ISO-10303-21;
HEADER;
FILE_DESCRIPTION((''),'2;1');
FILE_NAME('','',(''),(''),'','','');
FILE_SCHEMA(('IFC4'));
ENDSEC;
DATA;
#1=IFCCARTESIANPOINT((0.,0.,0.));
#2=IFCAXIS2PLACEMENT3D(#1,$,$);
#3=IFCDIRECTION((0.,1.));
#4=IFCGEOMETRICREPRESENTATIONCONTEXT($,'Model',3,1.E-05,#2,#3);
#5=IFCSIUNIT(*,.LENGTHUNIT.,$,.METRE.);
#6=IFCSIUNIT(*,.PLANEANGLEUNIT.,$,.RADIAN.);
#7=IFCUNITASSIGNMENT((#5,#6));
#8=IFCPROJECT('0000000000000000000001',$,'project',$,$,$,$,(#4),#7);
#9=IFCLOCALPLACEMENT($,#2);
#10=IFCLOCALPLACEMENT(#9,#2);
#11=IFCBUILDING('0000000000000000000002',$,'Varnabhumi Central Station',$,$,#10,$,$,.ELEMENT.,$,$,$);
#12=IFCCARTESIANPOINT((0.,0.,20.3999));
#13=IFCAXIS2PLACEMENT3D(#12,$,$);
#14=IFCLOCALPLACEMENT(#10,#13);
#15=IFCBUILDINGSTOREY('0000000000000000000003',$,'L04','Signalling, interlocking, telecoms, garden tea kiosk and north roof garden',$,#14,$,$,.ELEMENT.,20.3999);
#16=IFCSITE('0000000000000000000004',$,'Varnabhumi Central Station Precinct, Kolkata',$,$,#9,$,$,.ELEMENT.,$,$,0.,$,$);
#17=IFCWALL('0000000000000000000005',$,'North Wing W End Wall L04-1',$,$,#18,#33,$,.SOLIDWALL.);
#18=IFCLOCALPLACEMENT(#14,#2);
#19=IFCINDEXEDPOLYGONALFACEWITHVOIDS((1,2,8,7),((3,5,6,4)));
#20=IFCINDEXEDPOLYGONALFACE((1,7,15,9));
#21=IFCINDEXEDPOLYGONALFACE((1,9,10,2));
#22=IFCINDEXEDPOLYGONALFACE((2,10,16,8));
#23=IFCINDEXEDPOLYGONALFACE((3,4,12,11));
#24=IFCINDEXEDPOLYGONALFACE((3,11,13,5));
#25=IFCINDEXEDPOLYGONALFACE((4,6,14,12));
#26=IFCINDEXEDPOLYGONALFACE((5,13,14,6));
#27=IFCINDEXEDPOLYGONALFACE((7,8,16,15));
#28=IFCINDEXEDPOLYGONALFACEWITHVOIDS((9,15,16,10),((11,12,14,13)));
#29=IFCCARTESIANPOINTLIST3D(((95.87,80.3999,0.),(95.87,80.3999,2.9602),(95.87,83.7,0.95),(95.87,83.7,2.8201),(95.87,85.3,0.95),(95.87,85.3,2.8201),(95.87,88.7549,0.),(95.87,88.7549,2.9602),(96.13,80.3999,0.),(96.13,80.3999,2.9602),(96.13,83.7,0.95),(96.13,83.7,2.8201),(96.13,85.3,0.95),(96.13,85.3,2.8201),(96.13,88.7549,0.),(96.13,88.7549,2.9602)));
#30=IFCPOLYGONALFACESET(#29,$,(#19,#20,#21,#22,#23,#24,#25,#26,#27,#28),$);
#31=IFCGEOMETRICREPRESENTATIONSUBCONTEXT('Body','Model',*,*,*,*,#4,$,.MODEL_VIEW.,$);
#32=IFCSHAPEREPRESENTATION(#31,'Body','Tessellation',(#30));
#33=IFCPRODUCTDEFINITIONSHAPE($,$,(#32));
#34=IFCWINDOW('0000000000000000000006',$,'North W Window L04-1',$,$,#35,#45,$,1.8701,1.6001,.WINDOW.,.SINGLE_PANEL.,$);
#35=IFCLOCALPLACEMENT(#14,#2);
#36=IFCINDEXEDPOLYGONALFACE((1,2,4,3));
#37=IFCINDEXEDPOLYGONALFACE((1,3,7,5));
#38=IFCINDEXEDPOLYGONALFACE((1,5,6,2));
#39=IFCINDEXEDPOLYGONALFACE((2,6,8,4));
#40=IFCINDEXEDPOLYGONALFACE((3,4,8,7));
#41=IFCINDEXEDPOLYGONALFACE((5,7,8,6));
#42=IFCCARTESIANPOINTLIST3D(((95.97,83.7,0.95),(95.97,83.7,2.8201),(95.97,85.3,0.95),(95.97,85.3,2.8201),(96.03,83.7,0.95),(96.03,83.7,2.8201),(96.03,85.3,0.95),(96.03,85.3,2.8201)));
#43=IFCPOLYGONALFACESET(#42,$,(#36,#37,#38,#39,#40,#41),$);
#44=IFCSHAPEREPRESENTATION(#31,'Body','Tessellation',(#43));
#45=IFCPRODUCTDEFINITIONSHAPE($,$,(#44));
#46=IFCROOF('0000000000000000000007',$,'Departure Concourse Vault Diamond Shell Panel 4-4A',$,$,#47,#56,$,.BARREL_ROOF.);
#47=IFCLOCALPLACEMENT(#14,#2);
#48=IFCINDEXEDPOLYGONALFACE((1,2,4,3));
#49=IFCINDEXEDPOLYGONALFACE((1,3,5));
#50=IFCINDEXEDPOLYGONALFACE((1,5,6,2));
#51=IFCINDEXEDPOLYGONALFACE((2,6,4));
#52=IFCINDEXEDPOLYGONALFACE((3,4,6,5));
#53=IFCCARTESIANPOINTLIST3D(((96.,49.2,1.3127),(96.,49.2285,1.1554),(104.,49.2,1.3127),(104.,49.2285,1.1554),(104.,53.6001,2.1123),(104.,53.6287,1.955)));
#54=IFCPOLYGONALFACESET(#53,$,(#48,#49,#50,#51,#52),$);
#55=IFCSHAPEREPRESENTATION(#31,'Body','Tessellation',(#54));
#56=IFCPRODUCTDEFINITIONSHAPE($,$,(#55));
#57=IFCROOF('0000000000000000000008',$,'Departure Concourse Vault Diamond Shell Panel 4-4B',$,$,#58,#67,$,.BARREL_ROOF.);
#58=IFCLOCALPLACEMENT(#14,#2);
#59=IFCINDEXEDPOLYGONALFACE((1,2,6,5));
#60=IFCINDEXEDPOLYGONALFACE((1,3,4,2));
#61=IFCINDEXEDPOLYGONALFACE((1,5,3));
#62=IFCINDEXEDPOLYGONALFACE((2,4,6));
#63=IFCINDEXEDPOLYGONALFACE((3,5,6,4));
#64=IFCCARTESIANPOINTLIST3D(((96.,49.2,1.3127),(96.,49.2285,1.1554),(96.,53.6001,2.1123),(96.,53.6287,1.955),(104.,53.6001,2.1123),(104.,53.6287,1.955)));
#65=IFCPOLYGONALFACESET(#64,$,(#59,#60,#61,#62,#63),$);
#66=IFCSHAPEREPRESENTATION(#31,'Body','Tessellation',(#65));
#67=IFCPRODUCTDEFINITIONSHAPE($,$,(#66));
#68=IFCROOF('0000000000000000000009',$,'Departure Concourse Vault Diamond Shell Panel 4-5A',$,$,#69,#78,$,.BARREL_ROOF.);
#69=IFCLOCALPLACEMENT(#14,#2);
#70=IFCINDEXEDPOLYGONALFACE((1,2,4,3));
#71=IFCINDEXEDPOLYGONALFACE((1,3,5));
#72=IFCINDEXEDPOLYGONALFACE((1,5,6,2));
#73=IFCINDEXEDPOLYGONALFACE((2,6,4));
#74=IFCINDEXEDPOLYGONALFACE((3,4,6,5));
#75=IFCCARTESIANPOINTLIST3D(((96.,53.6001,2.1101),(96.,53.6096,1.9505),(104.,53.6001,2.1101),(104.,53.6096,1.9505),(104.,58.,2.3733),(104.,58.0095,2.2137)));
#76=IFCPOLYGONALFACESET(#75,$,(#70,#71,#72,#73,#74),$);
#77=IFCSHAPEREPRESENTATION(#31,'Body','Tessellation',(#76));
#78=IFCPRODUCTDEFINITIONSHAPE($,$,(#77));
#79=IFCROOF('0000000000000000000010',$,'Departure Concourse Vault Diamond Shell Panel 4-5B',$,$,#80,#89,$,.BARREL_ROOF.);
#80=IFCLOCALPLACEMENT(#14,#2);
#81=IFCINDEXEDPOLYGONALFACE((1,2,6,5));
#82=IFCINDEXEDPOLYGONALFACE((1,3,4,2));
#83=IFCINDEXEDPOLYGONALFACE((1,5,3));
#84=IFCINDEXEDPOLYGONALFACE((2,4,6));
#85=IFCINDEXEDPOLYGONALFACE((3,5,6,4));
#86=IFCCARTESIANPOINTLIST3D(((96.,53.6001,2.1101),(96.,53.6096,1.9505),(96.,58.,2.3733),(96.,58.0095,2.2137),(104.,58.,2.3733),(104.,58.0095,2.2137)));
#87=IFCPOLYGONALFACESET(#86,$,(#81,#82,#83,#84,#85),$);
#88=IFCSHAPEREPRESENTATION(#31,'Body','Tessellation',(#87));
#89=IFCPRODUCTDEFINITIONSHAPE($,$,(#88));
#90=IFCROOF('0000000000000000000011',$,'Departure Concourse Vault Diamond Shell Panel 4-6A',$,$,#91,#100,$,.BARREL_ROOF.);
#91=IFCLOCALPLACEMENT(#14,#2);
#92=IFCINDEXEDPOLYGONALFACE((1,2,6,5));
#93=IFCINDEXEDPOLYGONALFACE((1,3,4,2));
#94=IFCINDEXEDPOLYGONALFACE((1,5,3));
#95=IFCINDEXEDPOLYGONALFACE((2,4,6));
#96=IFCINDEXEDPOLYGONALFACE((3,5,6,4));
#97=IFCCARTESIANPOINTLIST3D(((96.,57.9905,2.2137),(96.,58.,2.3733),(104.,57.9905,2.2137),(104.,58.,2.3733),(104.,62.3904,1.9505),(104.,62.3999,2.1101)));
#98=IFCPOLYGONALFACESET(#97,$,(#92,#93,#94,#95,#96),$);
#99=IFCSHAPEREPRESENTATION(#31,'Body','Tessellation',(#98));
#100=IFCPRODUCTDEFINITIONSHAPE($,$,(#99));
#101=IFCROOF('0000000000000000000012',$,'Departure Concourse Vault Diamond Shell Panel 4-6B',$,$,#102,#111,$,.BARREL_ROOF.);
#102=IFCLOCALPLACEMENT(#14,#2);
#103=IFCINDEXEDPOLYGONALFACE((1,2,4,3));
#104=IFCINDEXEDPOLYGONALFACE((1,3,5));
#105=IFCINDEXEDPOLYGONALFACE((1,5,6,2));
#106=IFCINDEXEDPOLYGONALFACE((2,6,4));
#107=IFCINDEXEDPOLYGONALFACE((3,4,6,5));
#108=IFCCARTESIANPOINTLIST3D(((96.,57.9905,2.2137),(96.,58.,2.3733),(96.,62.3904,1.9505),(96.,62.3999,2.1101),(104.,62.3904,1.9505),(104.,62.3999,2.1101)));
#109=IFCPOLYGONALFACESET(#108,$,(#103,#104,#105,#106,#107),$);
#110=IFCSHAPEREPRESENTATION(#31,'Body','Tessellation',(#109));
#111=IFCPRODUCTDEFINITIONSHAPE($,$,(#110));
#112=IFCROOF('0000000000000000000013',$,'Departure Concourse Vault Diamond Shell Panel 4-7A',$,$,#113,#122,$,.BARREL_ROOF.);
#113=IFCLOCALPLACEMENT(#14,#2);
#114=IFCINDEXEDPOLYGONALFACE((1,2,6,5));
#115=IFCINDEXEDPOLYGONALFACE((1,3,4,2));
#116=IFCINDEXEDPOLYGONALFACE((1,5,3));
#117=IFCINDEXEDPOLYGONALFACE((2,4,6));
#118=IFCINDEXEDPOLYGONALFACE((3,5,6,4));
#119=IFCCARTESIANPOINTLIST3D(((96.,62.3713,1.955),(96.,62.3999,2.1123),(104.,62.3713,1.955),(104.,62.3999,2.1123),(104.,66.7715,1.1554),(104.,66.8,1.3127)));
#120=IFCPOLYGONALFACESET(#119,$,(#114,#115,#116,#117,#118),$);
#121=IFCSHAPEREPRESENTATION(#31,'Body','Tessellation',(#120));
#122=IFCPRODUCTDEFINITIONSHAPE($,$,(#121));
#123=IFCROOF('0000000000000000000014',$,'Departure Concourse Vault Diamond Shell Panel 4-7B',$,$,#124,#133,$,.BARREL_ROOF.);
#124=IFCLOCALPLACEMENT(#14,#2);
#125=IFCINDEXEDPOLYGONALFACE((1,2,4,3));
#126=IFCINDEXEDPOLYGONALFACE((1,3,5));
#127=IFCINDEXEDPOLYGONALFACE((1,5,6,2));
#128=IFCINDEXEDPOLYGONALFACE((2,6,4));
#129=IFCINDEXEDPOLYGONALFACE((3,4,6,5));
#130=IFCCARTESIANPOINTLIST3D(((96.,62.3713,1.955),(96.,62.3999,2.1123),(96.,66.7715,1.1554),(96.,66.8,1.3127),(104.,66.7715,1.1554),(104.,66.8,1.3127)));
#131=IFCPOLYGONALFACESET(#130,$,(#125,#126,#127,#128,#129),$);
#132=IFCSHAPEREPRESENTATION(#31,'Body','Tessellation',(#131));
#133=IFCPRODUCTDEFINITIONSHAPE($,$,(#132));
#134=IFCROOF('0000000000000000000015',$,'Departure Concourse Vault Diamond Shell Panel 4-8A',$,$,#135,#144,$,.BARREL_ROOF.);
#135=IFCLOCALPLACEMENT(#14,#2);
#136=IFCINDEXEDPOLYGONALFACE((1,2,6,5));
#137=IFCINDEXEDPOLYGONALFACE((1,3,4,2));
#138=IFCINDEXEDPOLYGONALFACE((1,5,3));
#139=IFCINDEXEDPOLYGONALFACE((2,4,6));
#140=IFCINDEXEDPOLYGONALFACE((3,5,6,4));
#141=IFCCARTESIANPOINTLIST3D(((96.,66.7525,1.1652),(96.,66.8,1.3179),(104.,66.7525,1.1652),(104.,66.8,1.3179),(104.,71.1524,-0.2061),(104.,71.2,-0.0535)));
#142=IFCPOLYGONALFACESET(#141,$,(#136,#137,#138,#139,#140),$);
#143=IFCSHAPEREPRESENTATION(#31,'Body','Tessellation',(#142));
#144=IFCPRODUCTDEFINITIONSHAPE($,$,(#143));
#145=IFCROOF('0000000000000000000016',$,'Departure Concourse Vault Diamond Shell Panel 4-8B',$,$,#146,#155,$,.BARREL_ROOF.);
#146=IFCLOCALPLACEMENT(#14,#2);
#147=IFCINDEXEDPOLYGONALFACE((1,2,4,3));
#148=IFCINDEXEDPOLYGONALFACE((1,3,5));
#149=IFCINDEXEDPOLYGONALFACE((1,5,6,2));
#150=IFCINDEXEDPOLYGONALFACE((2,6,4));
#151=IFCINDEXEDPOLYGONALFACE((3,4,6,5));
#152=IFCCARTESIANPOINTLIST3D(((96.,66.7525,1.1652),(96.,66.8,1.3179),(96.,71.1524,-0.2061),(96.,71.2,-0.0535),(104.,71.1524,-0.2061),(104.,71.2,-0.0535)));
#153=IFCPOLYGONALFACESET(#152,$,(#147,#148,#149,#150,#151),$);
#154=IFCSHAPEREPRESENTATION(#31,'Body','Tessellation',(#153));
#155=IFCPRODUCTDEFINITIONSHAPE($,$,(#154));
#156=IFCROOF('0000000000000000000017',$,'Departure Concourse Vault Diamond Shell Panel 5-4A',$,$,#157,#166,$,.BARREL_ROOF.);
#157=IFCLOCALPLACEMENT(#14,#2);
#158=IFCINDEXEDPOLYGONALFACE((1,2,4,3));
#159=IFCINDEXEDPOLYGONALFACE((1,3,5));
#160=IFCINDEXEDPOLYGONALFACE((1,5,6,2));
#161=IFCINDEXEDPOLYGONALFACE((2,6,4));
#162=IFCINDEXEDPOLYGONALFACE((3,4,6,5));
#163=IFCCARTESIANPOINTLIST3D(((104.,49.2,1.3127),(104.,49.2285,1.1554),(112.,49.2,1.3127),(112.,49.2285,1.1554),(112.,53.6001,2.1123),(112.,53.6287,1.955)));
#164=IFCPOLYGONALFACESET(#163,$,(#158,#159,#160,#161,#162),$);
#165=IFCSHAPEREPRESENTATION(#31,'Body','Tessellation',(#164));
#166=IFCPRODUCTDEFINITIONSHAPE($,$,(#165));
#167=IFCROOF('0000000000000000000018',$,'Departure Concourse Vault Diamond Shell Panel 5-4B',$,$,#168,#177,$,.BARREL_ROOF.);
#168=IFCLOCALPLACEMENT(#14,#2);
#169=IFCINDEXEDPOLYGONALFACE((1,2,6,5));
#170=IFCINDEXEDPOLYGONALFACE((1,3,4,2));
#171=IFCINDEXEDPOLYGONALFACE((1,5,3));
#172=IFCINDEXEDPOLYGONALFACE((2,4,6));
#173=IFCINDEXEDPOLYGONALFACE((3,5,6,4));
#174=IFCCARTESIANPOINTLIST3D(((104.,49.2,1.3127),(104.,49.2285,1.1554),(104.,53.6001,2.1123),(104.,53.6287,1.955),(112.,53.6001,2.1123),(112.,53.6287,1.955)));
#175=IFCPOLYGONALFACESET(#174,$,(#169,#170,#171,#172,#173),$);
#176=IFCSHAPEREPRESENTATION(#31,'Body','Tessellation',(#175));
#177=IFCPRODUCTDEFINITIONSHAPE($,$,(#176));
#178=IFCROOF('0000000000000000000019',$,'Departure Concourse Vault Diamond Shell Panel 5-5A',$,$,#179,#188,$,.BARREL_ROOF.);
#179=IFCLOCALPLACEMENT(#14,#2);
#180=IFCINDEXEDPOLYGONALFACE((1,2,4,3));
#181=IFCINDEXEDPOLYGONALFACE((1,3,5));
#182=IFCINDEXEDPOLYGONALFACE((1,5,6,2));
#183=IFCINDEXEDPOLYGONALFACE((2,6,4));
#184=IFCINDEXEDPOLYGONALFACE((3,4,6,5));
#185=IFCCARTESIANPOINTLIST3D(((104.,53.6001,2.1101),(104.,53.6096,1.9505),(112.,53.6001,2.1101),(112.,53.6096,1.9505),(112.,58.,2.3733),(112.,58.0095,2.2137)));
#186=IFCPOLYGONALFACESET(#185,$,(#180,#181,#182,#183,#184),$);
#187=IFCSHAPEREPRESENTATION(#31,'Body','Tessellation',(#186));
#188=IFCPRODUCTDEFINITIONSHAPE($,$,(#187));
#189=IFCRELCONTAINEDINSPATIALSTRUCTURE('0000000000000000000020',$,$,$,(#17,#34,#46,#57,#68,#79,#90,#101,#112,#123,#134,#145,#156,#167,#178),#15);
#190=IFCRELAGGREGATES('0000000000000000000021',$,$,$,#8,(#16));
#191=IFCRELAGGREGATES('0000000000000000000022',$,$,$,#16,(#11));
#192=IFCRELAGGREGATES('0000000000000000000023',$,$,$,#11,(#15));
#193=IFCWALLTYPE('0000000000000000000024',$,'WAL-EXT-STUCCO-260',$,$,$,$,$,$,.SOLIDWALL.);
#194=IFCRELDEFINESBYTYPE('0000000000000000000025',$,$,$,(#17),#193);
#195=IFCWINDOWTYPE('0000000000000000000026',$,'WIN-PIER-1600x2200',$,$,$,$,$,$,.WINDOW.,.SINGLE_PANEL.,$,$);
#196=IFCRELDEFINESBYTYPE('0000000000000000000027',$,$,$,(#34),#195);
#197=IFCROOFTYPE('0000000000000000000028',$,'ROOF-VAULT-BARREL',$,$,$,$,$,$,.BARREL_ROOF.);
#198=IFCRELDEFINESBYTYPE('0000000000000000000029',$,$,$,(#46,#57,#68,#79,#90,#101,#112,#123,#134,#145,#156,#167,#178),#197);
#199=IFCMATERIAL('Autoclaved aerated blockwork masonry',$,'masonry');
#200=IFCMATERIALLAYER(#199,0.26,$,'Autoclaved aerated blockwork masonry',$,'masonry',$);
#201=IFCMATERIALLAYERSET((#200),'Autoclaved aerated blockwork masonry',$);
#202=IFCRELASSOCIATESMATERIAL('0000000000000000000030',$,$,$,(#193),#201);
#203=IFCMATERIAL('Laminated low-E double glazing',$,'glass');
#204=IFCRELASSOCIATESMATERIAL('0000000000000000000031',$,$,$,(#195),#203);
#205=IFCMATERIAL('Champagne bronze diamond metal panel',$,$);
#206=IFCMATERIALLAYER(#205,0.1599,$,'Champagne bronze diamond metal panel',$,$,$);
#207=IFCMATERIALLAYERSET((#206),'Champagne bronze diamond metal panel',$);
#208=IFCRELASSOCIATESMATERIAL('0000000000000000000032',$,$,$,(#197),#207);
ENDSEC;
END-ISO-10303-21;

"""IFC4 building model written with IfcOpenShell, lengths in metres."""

from ifc_helpers import new_model, si_unit, direction, frame, frame_2d, origin, place, context, subcontext, project, spatial, polyline, rectangle, outline, extrude, material, layer, layer_set, type_object, element, fill, save


model = new_model("IFC4")

# Units and contexts
model_context = context("Model", 3, precision=1e-05, world=origin(), true_north=direction((0.0, 1.0)))
body_context = subcontext(model_context, "Body", "Model", "MODEL_VIEW")
ifc_project = project(units=[si_unit("LENGTHUNIT", "METRE"), si_unit("PLANEANGLEUNIT", "RADIAN")], contexts=[model_context])

# Site, building, storey
site_placement = place(None, origin())
site = spatial("IfcSite", under=ifc_project, at=site_placement, Name="Varnabhumi Central Station Precinct, Kolkata", CompositionType="ELEMENT", RefElevation=0.0)
building_placement = place(site_placement, origin())
building = spatial("IfcBuilding", under=site, at=building_placement, Name="Varnabhumi Central Station", CompositionType="ELEMENT")
storey_placement = place(building_placement, frame((0.0, 0.0, 20.3999)))
storey = spatial("IfcBuildingStorey", under=building, at=storey_placement, Name="L04", Description="Signalling, interlocking, telecoms, garden tea kiosk and north roof garden", CompositionType="ELEMENT", Elevation=20.3999)

# Shared definitions
ifc_material_1 = material(Name="Autoclaved aerated blockwork masonry", Category="masonry")
ifc_layer_1 = layer(ifc_material_1, 0.26, Name="Autoclaved aerated blockwork masonry", Category="masonry")
ifc_layer_set_1 = layer_set([ifc_layer_1], Name="Autoclaved aerated blockwork masonry")
wall_type = type_object("IfcWallType", Name="WAL-EXT-STUCCO-260", PredefinedType="SOLIDWALL", material=ifc_layer_set_1)

# Wall, opening, window
wall_1_placement = place(storey_placement, frame((96.0, 80.3999, 0.0), z_axis=(0.0, 0.0, 1.0), x_axis=(0.0, 1.0, 0.0)))
wall_1 = element("IfcWall", 1, at=wall_1_placement, inside=storey, type_object=wall_type, Name="North Wing W End Wall L04-1", PredefinedType="SOLIDWALL", context=body_context, shape_type="SweptSolid", body=[
    extrude(rectangle(XDim=8.355, YDim=0.26, at=frame_2d((4.1775, 0.0))), origin(), (0.0, 0.0, 1.0), 2.9602),
])
opening_placement = place(wall_1_placement, frame((3.3, 0.0, 0.95)))
opening = element("IfcOpeningElement", 2, at=opening_placement, cuts=wall_1, PredefinedType="OPENING", context=body_context, shape_type="SweptSolid", body=[
    extrude(rectangle(XDim=1.6001, YDim=1.8701, at=frame_2d((0.8, 0.9351))), frame((0.0, 0.1399, 0.0), z_axis=(0.0, -1.0, 0.0), x_axis=(1.0, 0.0, 0.0)), (0.0, 0.0, 1.0), 0.28),
])
ifc_material_2 = material(Name="Laminated low-E double glazing", Category="glass")
window_type = type_object("IfcWindowType", Name="WIN-PIER-1600x2200", PartitioningType="SINGLE_PANEL", PredefinedType="WINDOW", material=ifc_material_2)
window_placement = place(opening_placement, origin())
window = element("IfcWindow", 3, at=window_placement, inside=storey, type_object=window_type, Name="North W Window L04-1", OverallHeight=1.8701, OverallWidth=1.6001, PartitioningType="SINGLE_PANEL", PredefinedType="WINDOW", context=body_context, shape_type="SweptSolid", body=[
    extrude(rectangle(XDim=1.6001, YDim=1.8701, at=frame_2d((0.8, 0.9351))), frame((0.0, 0.03, 0.0), z_axis=(0.0, -1.0, 0.0), x_axis=(1.0, 0.0, 0.0)), (0.0, 0.0, 1.0), 0.0601),
])
fill(opening, window)

# Roofs
ifc_material_3 = material(Name="Champagne bronze diamond metal panel")
ifc_layer_2 = layer(ifc_material_3, 0.1599, Name="Champagne bronze diamond metal panel")
ifc_layer_set_2 = layer_set([ifc_layer_2], Name="Champagne bronze diamond metal panel")
roof_type = type_object("IfcRoofType", Name="ROOF-VAULT-BARREL", PredefinedType="BARREL_ROOF", material=ifc_layer_set_2)
roof_1_placement = place(storey_placement, frame((96.0, 49.2, 1.3127), z_axis=(0.0, -0.178785, 0.983888), x_axis=(1.0, 0.0, 0.0)))
element("IfcRoof", 4, at=roof_1_placement, inside=storey, type_object=roof_type, Name="Departure Concourse Vault Diamond Shell Panel 4-4A", PredefinedType="BARREL_ROOF", context=body_context, shape_type="SweptSolid", body=[
    extrude(outline(polyline([(0.0, 0.0), (8.0, 0.0), (8.0, 4.4722), (0.0, 0.0)])), origin(), (0.0, 0.0, -1.0), 0.1599),
])
roof_2_placement = place(storey_placement, frame((96.0, 49.2, 1.3127), z_axis=(0.0, -0.178785, 0.983888), x_axis=(0.872869, 0.480094, 0.087239)))
element("IfcRoof", 5, at=roof_2_placement, inside=storey, type_object=roof_type, Name="Departure Concourse Vault Diamond Shell Panel 4-4B", PredefinedType="BARREL_ROOF", context=body_context, shape_type="SweptSolid", body=[
    extrude(outline(polyline([(0.0, 0.0), (9.1652, 0.0), (2.1822, 3.9036), (0.0, 0.0)])), origin(), (0.0, 0.0, -1.0), 0.1599),
])
roof_3_placement = place(storey_placement, frame((96.0, 53.6001, 2.1101), z_axis=(0.0, -0.059709, 0.998216), x_axis=(1.0, 0.0, 0.0)))
element("IfcRoof", 6, at=roof_3_placement, inside=storey, type_object=roof_type, Name="Departure Concourse Vault Diamond Shell Panel 4-5A", PredefinedType="BARREL_ROOF", context=body_context, shape_type="SweptSolid", body=[
    extrude(outline(polyline([(0.0, 0.0), (8.0, 0.0), (8.0, 4.4078), (0.0, 0.0)])), origin(), (0.0, 0.0, -1.0), 0.1599),
])
roof_4_placement = place(storey_placement, frame((96.0, 53.6001, 2.1101), z_axis=(0.0, -0.059709, 0.998216), x_axis=(0.875857, 0.48171, 0.028814)))
element("IfcRoof", 7, at=roof_4_placement, inside=storey, type_object=roof_type, Name="Departure Concourse Vault Diamond Shell Panel 4-5B", PredefinedType="BARREL_ROOF", context=body_context, shape_type="SweptSolid", body=[
    extrude(outline(polyline([(0.0, 0.0), (9.1339, 0.0), (2.1271, 3.8606), (0.0, 0.0)])), origin(), (0.0, 0.0, -1.0), 0.1599),
])
roof_5_placement = place(storey_placement, frame((96.0, 58.0, 2.3733), z_axis=(0.0, 0.059709, 0.998216), x_axis=(1.0, 0.0, 0.0)))
element("IfcRoof", 8, at=roof_5_placement, inside=storey, type_object=roof_type, Name="Departure Concourse Vault Diamond Shell Panel 4-6A", PredefinedType="BARREL_ROOF", context=body_context, shape_type="SweptSolid", body=[
    extrude(outline(polyline([(0.0, 0.0), (8.0, 0.0), (8.0, 4.4078), (0.0, 0.0)])), origin(), (0.0, 0.0, -1.0), 0.1599),
])
roof_6_placement = place(storey_placement, frame((96.0, 58.0, 2.3733), z_axis=(0.0, 0.059709, 0.998216), x_axis=(0.875857, 0.48171, -0.028814)))
element("IfcRoof", 9, at=roof_6_placement, inside=storey, type_object=roof_type, Name="Departure Concourse Vault Diamond Shell Panel 4-6B", PredefinedType="BARREL_ROOF", context=body_context, shape_type="SweptSolid", body=[
    extrude(outline(polyline([(0.0, 0.0), (9.1339, 0.0), (2.1271, 3.8606), (0.0, 0.0)])), origin(), (0.0, 0.0, -1.0), 0.1599),
])
roof_7_placement = place(storey_placement, frame((96.0, 62.3999, 2.1123), z_axis=(0.0, 0.178785, 0.983888), x_axis=(1.0, 0.0, 0.0)))
element("IfcRoof", 10, at=roof_7_placement, inside=storey, type_object=roof_type, Name="Departure Concourse Vault Diamond Shell Panel 4-7A", PredefinedType="BARREL_ROOF", context=body_context, shape_type="SweptSolid", body=[
    extrude(outline(polyline([(0.0, 0.0), (8.0, 0.0), (8.0, 4.4722), (0.0, 0.0)])), origin(), (0.0, 0.0, -1.0), 0.1599),
])
roof_8_placement = place(storey_placement, frame((96.0, 62.3999, 2.1123), z_axis=(0.0, 0.178785, 0.983888), x_axis=(0.872869, 0.480094, -0.087239)))
element("IfcRoof", 11, at=roof_8_placement, inside=storey, type_object=roof_type, Name="Departure Concourse Vault Diamond Shell Panel 4-7B", PredefinedType="BARREL_ROOF", context=body_context, shape_type="SweptSolid", body=[
    extrude(outline(polyline([(0.0, 0.0), (9.1652, 0.0), (2.1822, 3.9036), (0.0, 0.0)])), origin(), (0.0, 0.0, -1.0), 0.1599),
])
roof_9_placement = place(storey_placement, frame((96.0, 66.8, 1.3179), z_axis=(0.0, 0.297557, 0.954704), x_axis=(1.0, 0.0, 0.0)))
element("IfcRoof", 12, at=roof_9_placement, inside=storey, type_object=roof_type, Name="Departure Concourse Vault Diamond Shell Panel 4-8A", PredefinedType="BARREL_ROOF", context=body_context, shape_type="SweptSolid", body=[
    extrude(outline(polyline([(0.0, 0.0), (8.0, 0.0), (8.0, 4.6087), (0.0, 0.0)])), origin(), (0.0, 0.0, -1.0), 0.1599),
])
roof_10_placement = place(storey_placement, frame((96.0, 66.8, 1.3179), z_axis=(0.0, 0.297557, 0.954704), x_axis=(0.866501, 0.476565, -0.148533)))
element("IfcRoof", 13, at=roof_10_placement, inside=storey, type_object=roof_type, Name="Departure Concourse Vault Diamond Shell Panel 4-8B", PredefinedType="BARREL_ROOF", context=body_context, shape_type="SweptSolid", body=[
    extrude(outline(polyline([(0.0, 0.0), (9.2325, 0.0), (2.3005, 3.9934), (0.0, 0.0)])), origin(), (0.0, 0.0, -1.0), 0.1599),
])
roof_11_placement = place(storey_placement, frame((104.0, 49.2, 1.3127), z_axis=(0.0, -0.178785, 0.983888), x_axis=(1.0, 0.0, 0.0)))
element("IfcRoof", 14, at=roof_11_placement, inside=storey, type_object=roof_type, Name="Departure Concourse Vault Diamond Shell Panel 5-4A", PredefinedType="BARREL_ROOF", context=body_context, shape_type="SweptSolid", body=[
    extrude(outline(polyline([(0.0, 0.0), (8.0, 0.0), (8.0, 4.4722), (0.0, 0.0)])), origin(), (0.0, 0.0, -1.0), 0.1599),
])
roof_12_placement = place(storey_placement, frame((104.0, 49.2, 1.3127), z_axis=(0.0, -0.178785, 0.983888), x_axis=(0.872869, 0.480094, 0.087239)))
element("IfcRoof", 15, at=roof_12_placement, inside=storey, type_object=roof_type, Name="Departure Concourse Vault Diamond Shell Panel 5-4B", PredefinedType="BARREL_ROOF", context=body_context, shape_type="SweptSolid", body=[
    extrude(outline(polyline([(0.0, 0.0), (9.1652, 0.0), (2.1822, 3.9036), (0.0, 0.0)])), origin(), (0.0, 0.0, -1.0), 0.1599),
])
roof_13_placement = place(storey_placement, frame((104.0, 53.6001, 2.1101), z_axis=(0.0, -0.059709, 0.998216), x_axis=(1.0, 0.0, 0.0)))
element("IfcRoof", 16, at=roof_13_placement, inside=storey, type_object=roof_type, Name="Departure Concourse Vault Diamond Shell Panel 5-5A", PredefinedType="BARREL_ROOF", context=body_context, shape_type="SweptSolid", body=[
    extrude(outline(polyline([(0.0, 0.0), (8.0, 0.0), (8.0, 4.4078), (0.0, 0.0)])), origin(), (0.0, 0.0, -1.0), 0.1599),
])

save(model, "model.ifc")
